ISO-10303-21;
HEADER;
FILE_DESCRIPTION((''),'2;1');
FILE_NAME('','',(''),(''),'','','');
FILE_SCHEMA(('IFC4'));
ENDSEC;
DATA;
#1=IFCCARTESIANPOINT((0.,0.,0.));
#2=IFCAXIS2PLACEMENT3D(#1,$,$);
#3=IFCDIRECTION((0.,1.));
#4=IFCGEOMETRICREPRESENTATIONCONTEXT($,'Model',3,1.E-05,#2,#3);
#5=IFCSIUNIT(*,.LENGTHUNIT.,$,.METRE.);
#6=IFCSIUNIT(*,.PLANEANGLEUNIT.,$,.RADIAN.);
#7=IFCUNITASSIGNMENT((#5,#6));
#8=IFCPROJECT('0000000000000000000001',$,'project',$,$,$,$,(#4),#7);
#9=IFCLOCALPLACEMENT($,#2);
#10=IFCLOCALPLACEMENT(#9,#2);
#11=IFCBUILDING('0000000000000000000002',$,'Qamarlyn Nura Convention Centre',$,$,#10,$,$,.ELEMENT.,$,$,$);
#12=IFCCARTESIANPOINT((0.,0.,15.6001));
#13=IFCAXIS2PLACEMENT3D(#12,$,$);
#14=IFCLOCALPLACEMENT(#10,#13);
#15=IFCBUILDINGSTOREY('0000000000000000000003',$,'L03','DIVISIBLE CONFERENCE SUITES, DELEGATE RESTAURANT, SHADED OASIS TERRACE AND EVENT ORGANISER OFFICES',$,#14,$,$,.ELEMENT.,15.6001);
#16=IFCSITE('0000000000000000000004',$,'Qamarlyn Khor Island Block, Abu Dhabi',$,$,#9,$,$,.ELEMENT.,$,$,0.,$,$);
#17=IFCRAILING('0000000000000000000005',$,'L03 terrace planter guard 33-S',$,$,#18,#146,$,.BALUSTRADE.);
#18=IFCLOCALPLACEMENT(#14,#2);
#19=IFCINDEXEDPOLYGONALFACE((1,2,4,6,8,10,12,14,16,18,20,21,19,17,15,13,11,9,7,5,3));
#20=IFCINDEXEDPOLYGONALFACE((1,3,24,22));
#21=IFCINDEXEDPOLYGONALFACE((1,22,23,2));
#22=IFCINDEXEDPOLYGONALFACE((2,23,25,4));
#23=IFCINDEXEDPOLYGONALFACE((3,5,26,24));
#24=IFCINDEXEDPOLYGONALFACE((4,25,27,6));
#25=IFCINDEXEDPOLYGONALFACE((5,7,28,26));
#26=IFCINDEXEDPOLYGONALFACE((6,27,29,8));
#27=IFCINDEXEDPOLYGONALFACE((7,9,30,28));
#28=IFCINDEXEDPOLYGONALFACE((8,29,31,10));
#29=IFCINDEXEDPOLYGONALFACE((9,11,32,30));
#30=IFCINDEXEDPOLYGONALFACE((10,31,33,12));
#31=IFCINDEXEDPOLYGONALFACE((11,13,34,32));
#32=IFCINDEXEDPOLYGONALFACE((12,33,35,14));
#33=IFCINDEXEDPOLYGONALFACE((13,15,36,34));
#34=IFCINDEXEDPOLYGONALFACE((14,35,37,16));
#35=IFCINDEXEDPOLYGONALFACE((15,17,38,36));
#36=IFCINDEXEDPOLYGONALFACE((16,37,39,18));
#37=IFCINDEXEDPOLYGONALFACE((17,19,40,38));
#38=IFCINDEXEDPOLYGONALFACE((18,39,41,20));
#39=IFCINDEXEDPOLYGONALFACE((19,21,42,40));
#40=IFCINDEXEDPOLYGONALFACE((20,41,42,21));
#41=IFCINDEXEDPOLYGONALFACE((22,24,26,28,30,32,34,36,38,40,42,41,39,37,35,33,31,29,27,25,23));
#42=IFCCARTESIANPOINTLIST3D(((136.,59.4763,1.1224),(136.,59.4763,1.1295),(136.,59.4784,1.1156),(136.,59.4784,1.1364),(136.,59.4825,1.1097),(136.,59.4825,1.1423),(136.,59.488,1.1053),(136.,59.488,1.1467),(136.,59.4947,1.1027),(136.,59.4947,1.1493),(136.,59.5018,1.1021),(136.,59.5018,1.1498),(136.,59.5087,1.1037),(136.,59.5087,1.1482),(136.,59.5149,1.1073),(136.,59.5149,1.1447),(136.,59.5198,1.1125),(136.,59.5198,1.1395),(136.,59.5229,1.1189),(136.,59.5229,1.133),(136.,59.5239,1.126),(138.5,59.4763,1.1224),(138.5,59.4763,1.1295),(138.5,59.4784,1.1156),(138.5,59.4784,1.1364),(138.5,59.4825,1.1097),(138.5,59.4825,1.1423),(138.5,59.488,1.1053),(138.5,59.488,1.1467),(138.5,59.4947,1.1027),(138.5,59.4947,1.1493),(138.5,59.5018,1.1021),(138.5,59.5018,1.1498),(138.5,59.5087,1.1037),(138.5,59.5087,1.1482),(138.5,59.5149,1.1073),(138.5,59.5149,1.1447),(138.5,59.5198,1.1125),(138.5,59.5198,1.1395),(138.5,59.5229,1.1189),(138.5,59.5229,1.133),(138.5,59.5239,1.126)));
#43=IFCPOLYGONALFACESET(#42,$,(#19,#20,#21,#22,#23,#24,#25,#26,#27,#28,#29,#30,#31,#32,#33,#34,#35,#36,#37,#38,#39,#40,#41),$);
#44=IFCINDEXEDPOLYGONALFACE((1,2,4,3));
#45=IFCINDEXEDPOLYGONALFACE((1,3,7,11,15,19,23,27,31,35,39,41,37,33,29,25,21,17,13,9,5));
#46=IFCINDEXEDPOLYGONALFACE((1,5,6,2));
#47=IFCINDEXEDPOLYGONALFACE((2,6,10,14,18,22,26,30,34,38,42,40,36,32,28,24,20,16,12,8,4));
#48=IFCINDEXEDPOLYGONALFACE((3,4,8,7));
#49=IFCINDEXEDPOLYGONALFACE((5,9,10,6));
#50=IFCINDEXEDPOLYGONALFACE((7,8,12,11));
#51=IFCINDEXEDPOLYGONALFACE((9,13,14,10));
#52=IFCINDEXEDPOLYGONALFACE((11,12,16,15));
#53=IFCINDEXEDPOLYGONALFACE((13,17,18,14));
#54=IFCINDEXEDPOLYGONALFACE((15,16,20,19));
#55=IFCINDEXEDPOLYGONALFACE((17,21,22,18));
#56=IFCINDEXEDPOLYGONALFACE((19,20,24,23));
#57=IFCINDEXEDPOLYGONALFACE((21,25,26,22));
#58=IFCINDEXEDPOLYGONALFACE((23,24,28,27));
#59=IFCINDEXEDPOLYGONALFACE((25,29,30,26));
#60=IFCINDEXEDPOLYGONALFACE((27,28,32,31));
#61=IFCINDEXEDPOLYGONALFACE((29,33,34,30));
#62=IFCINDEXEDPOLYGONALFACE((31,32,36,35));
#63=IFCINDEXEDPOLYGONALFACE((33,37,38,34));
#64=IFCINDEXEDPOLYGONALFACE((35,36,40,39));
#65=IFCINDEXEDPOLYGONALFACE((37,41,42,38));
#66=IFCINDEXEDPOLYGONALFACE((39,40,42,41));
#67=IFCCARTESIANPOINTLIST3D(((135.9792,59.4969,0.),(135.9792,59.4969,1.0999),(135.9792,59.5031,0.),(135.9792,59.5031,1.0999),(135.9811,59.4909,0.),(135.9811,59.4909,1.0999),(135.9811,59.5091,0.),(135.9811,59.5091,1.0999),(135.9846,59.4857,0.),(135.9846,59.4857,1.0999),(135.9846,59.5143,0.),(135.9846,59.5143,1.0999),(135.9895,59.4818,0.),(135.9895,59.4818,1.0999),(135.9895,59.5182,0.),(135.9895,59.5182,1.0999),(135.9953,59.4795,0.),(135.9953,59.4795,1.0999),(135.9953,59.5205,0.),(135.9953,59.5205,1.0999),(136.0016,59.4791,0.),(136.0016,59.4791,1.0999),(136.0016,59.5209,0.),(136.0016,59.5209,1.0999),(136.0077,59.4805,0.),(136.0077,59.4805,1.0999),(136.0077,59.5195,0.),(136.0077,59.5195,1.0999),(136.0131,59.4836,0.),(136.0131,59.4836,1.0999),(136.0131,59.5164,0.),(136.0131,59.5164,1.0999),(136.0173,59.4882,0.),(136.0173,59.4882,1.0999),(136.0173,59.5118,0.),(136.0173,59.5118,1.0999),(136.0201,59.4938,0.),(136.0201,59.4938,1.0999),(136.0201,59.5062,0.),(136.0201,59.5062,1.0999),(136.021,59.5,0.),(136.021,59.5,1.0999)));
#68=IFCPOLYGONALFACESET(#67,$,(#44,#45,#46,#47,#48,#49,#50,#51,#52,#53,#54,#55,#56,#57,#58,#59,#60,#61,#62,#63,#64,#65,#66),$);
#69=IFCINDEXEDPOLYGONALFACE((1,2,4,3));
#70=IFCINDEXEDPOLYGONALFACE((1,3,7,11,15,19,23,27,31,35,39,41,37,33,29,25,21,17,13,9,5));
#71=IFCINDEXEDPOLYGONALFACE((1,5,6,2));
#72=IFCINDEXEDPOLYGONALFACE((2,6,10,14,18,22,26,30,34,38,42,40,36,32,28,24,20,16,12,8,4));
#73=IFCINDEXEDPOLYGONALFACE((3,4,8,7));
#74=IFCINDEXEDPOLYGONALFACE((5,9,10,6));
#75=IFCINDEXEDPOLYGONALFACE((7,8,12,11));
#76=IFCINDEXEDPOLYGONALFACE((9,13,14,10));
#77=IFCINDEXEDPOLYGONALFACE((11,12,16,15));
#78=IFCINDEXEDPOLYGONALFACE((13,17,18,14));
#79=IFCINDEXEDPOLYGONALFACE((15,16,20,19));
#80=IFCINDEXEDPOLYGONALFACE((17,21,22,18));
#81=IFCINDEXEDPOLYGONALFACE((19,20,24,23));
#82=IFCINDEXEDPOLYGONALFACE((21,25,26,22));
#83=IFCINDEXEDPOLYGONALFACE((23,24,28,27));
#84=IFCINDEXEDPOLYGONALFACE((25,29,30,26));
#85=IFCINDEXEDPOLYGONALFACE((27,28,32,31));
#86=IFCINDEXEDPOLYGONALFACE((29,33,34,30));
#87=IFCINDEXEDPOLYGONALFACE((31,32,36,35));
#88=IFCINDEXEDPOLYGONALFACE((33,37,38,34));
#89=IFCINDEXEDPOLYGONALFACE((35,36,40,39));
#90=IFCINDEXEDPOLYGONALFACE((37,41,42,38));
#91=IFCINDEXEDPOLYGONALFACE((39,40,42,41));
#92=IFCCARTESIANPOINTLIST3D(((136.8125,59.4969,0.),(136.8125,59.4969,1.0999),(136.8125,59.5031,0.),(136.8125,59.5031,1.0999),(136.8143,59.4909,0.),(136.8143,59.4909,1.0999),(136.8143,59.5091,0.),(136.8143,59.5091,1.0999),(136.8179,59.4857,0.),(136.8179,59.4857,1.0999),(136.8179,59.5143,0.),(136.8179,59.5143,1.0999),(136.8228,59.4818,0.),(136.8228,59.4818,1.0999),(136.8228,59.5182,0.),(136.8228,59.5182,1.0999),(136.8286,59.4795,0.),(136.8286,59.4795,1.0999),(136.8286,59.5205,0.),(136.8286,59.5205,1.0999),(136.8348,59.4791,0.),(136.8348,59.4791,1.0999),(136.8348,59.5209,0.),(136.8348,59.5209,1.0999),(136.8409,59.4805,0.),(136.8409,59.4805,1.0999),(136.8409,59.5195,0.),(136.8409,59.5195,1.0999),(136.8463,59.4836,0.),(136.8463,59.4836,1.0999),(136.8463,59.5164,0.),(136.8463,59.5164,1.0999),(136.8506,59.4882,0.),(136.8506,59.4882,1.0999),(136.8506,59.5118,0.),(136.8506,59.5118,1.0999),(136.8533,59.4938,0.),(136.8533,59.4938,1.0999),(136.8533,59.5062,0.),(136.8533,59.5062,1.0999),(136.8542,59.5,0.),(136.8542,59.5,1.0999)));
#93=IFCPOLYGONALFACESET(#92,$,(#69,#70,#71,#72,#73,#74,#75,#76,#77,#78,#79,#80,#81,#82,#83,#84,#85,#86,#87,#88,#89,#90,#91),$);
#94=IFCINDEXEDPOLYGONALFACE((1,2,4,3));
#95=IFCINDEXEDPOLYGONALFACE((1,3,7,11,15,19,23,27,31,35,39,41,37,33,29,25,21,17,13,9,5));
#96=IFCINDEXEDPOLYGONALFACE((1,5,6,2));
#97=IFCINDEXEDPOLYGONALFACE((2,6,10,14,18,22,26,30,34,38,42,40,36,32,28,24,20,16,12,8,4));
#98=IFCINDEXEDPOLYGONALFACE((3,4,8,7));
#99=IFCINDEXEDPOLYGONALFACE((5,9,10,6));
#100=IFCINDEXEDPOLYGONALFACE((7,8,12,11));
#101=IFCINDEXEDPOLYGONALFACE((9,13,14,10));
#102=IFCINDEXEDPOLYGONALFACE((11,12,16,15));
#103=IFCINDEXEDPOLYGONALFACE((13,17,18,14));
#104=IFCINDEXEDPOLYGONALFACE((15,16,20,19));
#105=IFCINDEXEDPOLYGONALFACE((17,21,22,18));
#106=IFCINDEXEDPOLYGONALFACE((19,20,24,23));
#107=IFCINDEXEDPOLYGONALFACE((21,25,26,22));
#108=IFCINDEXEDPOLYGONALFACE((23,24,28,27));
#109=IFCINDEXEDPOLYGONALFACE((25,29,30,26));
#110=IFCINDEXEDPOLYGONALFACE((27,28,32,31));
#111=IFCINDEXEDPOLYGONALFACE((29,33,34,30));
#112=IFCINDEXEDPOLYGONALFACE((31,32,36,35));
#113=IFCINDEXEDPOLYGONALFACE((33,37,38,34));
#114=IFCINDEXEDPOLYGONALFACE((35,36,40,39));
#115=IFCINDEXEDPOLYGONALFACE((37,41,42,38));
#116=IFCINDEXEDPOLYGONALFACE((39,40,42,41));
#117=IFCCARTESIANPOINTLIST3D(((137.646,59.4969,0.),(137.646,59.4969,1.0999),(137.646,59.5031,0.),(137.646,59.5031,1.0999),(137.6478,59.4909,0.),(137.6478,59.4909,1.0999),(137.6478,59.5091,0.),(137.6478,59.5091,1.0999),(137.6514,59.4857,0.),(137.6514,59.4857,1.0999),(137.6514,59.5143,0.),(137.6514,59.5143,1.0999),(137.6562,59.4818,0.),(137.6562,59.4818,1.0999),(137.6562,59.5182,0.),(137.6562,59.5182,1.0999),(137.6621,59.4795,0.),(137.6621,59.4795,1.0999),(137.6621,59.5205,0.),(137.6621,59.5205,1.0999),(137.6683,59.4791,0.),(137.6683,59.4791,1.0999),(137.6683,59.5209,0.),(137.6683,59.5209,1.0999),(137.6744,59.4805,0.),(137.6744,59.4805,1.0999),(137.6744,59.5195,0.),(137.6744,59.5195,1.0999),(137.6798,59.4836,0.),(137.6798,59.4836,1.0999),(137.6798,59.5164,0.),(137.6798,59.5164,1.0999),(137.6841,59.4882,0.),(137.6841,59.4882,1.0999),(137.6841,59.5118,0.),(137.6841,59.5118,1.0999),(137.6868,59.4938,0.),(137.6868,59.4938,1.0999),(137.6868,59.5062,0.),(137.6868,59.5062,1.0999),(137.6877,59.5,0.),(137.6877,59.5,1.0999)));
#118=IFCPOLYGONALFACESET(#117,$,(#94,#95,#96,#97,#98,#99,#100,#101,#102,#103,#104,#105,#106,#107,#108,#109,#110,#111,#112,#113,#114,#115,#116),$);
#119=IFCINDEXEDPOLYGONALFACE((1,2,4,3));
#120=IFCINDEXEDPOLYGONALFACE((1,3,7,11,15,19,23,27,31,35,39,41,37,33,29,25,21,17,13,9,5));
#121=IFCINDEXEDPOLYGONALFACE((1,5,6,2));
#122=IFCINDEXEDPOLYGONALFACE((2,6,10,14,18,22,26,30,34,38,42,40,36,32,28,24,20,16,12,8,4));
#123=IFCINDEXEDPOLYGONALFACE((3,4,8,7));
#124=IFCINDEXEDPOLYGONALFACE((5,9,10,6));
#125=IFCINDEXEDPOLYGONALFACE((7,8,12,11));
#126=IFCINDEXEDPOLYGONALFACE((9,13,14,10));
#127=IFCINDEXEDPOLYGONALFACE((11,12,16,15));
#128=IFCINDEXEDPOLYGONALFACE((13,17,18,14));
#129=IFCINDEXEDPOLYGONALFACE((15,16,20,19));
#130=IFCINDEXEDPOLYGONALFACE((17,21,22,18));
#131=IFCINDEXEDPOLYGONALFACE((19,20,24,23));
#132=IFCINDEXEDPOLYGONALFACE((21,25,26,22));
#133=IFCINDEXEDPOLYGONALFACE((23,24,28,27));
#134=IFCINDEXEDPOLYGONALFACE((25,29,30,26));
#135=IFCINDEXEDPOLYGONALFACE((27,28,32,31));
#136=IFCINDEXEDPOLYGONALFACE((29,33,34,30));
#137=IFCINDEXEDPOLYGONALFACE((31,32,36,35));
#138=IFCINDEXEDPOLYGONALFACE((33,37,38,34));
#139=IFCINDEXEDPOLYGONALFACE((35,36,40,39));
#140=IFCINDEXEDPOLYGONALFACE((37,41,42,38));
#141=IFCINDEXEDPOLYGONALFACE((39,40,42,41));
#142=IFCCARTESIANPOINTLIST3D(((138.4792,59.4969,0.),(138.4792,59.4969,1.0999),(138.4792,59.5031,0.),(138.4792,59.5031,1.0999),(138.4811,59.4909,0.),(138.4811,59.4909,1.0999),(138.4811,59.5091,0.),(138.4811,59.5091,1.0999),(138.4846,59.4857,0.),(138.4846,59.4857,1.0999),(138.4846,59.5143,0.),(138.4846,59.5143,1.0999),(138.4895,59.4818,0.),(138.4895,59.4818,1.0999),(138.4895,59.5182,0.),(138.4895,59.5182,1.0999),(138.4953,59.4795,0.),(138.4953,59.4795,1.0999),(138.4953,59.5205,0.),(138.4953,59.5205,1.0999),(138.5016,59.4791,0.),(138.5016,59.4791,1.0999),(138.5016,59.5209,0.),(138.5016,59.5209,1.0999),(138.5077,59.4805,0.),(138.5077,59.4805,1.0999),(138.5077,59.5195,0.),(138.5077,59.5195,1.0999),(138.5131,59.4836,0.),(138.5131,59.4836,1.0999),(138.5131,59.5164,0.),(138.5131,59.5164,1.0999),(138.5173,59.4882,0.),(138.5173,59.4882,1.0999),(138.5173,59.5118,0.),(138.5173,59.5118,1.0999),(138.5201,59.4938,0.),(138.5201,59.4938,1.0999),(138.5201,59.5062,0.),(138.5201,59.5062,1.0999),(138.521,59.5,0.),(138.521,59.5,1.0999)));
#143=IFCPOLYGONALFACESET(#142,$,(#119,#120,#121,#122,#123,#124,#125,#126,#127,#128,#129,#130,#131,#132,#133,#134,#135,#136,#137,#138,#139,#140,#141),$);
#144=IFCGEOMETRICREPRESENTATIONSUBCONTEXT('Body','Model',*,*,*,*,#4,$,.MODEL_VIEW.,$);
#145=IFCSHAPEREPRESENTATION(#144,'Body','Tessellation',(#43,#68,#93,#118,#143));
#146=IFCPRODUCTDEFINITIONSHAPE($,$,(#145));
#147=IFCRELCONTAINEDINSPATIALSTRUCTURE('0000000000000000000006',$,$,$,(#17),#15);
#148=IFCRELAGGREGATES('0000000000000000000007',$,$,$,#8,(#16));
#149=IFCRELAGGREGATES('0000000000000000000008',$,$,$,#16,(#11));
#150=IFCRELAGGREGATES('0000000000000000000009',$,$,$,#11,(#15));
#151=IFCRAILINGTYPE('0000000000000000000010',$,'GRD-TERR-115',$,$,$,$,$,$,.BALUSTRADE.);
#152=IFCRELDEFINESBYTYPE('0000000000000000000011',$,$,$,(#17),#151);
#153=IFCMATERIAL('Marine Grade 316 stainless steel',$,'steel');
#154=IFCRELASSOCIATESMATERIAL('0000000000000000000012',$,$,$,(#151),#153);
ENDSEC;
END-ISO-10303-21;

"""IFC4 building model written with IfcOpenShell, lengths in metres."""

from ifc_helpers import new_model, si_unit, direction, frame, origin, origin_2d, place, context, subcontext, project, spatial, circle, extrude, material, type_object, element, save


model = new_model("IFC4")

# Units and contexts
model_context = context("Model", 3, precision=1e-05, world=origin(), true_north=direction((0.0, 1.0)))
body_context = subcontext(model_context, "Body", "Model", "MODEL_VIEW")
ifc_project = project(units=[si_unit("LENGTHUNIT", "METRE"), si_unit("PLANEANGLEUNIT", "RADIAN")], contexts=[model_context])

# Site, building, storey
site_placement = place(None, origin())
site = spatial("IfcSite", under=ifc_project, at=site_placement, Name="Qamarlyn Khor Island Block, Abu Dhabi", CompositionType="ELEMENT", RefElevation=0.0)
building_placement = place(site_placement, origin())
building = spatial("IfcBuilding", under=site, at=building_placement, Name="Qamarlyn Nura Convention Centre", CompositionType="ELEMENT")
storey_placement = place(building_placement, frame((0.0, 0.0, 15.6001)))
storey = spatial("IfcBuildingStorey", under=building, at=storey_placement, Name="L03", Description="DIVISIBLE CONFERENCE SUITES, DELEGATE RESTAURANT, SHADED OASIS TERRACE AND EVENT ORGANISER OFFICES", CompositionType="ELEMENT", Elevation=15.6001)

# Railing
ifc_material_1 = material(Name="Marine Grade 316 stainless steel", Category="steel")
railing_type_1 = type_object("IfcRailingType", Name="GRD-TERR-115", PredefinedType="BALUSTRADE", material=ifc_material_1)
railing_1_placement = place(storey_placement, frame((136.0, 59.5, 0.0)))
element("IfcRailing", 1, at=railing_1_placement, inside=storey, type_object=railing_type_1, Name="L03 terrace planter guard 33-S", PredefinedType="BALUSTRADE", context=body_context, shape_type="SweptSolid", body=[
    extrude(circle(Radius=0.0239, at=origin_2d()), frame((0.0, 0.0, 1.126), z_axis=(1.0, 0.0, 0.0), x_axis=(0.0, 1.0, 0.0)), (0.0, 0.0, 1.0), 2.5),
    extrude(circle(Radius=0.021, at=origin_2d()), origin(), (0.0, 0.0, 1.0), 1.0999),
    extrude(circle(Radius=0.021, at=origin_2d()), frame((0.8333, 0.0, 0.0)), (0.0, 0.0, 1.0), 1.0999),
    extrude(circle(Radius=0.021, at=origin_2d()), frame((1.6667, 0.0, 0.0)), (0.0, 0.0, 1.0), 1.0999),
    extrude(circle(Radius=0.021, at=origin_2d()), frame((2.5, 0.0, 0.0)), (0.0, 0.0, 1.0), 1.0999),
])

save(model, "model.ifc")
